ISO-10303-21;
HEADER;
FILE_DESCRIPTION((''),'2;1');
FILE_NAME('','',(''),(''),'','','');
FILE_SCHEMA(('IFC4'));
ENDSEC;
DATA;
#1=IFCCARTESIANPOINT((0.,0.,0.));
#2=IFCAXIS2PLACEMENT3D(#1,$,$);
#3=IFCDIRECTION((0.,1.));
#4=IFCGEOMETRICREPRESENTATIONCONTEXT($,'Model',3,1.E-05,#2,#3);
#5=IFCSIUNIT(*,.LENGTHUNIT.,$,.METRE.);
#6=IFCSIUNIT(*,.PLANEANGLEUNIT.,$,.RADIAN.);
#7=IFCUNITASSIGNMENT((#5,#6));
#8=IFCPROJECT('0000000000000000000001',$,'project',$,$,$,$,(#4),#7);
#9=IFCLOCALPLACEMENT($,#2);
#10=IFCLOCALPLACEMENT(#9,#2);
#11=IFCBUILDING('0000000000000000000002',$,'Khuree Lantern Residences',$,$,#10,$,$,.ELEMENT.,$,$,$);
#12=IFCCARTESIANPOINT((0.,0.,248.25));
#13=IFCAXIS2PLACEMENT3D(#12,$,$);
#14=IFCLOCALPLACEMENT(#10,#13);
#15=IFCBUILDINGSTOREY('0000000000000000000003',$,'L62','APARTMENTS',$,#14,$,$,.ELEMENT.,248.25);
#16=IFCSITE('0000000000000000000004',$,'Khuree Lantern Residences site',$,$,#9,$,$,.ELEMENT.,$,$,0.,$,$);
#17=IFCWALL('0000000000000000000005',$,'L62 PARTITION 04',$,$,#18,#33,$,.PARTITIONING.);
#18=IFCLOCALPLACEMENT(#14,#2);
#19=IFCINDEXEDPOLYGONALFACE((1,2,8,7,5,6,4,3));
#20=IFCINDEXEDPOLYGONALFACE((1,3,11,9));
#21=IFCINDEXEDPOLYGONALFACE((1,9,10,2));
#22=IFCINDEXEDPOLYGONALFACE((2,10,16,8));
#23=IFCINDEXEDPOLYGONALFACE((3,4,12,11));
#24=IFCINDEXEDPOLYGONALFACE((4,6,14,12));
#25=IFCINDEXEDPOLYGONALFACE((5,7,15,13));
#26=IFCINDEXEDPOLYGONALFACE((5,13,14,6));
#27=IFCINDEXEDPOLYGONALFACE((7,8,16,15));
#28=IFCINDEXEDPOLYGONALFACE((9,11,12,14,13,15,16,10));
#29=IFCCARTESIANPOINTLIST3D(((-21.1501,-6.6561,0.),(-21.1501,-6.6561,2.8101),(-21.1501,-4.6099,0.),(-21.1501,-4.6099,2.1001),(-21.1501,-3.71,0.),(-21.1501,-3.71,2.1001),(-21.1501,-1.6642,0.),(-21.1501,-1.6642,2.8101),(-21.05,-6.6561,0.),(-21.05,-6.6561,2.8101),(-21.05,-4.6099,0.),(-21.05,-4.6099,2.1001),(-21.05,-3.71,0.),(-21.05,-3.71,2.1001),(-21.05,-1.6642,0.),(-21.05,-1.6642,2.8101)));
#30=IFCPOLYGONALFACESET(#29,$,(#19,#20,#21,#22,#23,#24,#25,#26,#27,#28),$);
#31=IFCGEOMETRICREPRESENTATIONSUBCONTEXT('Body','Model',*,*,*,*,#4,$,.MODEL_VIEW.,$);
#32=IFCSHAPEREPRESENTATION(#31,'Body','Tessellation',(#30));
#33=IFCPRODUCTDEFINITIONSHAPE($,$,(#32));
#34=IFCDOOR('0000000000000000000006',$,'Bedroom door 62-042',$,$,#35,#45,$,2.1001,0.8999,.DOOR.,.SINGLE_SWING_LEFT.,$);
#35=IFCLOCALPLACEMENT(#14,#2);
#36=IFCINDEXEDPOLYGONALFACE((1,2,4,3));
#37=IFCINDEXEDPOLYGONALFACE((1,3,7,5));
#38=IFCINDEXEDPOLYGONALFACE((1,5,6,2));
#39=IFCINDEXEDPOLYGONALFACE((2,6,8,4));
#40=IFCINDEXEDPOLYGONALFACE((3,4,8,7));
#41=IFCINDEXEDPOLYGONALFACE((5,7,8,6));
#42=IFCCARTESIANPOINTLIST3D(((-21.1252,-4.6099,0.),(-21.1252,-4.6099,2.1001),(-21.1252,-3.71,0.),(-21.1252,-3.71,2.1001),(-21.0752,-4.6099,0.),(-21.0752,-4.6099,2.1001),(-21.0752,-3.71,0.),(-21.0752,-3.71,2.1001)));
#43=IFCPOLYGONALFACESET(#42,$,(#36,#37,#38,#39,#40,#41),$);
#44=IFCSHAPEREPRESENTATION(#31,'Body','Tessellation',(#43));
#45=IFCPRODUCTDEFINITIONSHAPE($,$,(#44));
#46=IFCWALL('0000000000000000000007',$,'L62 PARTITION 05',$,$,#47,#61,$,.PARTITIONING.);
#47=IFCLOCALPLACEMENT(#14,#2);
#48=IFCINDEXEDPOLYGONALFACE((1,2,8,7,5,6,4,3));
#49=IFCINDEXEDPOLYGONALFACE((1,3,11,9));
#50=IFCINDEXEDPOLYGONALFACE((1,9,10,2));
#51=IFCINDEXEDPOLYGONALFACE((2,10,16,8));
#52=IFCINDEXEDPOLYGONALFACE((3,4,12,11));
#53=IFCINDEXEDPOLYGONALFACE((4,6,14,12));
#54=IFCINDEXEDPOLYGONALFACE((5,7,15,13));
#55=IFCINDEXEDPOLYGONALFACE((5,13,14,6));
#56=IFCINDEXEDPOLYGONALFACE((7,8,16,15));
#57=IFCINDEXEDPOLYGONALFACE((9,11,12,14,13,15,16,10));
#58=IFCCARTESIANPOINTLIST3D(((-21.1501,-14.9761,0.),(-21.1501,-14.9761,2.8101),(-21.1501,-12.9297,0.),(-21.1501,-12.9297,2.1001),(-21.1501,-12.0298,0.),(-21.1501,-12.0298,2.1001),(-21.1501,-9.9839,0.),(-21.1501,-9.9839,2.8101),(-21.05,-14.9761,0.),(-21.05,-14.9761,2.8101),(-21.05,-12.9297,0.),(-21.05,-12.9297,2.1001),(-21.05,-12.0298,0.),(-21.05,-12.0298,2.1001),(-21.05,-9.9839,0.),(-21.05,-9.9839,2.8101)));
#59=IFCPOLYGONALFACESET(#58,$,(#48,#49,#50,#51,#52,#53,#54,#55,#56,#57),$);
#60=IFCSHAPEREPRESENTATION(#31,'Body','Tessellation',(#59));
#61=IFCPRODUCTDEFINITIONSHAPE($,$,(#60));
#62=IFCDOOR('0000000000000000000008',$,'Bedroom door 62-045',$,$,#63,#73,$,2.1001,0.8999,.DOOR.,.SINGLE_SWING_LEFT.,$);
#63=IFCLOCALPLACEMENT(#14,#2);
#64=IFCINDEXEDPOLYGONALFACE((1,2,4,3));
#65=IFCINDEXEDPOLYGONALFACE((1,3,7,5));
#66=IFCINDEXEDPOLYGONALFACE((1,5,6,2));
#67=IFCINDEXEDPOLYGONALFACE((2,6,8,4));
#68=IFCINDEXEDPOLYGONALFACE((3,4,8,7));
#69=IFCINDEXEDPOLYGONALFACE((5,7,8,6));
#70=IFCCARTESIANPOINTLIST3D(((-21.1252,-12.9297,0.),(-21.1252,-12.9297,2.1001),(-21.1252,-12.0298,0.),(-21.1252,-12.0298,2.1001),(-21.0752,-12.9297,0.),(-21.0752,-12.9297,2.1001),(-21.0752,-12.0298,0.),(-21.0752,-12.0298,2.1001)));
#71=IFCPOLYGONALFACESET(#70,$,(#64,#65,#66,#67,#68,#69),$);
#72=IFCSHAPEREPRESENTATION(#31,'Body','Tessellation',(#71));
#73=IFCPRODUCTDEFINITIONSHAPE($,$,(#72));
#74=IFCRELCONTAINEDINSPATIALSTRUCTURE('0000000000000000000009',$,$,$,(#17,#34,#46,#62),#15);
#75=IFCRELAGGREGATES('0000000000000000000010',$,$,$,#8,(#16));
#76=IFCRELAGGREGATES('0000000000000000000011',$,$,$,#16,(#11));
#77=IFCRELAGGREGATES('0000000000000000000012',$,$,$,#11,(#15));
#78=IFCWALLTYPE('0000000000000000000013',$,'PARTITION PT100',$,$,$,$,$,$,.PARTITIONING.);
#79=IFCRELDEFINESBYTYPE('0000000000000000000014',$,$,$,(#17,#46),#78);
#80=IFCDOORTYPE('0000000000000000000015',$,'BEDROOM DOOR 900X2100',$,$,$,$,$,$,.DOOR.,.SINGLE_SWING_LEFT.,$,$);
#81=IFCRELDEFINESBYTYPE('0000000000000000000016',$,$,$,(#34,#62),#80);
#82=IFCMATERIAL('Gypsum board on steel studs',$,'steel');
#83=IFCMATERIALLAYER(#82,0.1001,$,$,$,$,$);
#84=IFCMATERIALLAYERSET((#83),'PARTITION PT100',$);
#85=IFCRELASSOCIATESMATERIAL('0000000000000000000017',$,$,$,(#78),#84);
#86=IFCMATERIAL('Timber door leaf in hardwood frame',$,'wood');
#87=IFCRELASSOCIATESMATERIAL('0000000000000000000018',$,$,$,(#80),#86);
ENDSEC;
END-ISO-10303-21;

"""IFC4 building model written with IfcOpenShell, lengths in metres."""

from ifc_helpers import new_model, si_unit, direction, frame, frame_2d, origin, place, context, subcontext, project, spatial, rectangle, extrude, material, layer, layer_set, type_object, element, fill, save


model = new_model("IFC4")

# Units and contexts
model_context = context("Model", 3, precision=1e-05, world=origin(), true_north=direction((0.0, 1.0)))
body_context = subcontext(model_context, "Body", "Model", "MODEL_VIEW")
ifc_project = project(units=[si_unit("LENGTHUNIT", "METRE"), si_unit("PLANEANGLEUNIT", "RADIAN")], contexts=[model_context])

# Site, building, storey
site_placement = place(None, origin())
site = spatial("IfcSite", under=ifc_project, at=site_placement, Name="Khuree Lantern Residences site", CompositionType="ELEMENT", RefElevation=0.0)
building_placement = place(site_placement, origin())
building = spatial("IfcBuilding", under=site, at=building_placement, Name="Khuree Lantern Residences", CompositionType="ELEMENT")
storey_placement = place(building_placement, frame((0.0, 0.0, 248.25)))
storey = spatial("IfcBuildingStorey", under=building, at=storey_placement, Name="L62", Description="APARTMENTS", CompositionType="ELEMENT", Elevation=248.25)

# Shared definitions
ifc_material_1 = material(Name="Timber door leaf in hardwood frame", Category="wood")

# Shared definitions
ifc_material_2 = material(Name="Gypsum board on steel studs", Category="steel")
ifc_layer_1 = layer(ifc_material_2, 0.1001)
ifc_layer_set_1 = layer_set([ifc_layer_1], Name="PARTITION PT100")
wall_type_1 = type_object("IfcWallType", Name="PARTITION PT100", PredefinedType="PARTITIONING", material=ifc_layer_set_1)

# Walls, openings, doors
wall_1_placement = place(storey_placement, frame((-21.1001, -1.6641, 0.0), z_axis=(0.0, 0.0, 1.0), x_axis=(0.0, -1.0, 0.0)))
wall_1 = element("IfcWall", 1, at=wall_1_placement, inside=storey, type_object=wall_type_1, Name="L62 PARTITION 04", PredefinedType="PARTITIONING", context=body_context, shape_type="SweptSolid", body=[
    extrude(rectangle(XDim=4.9919, YDim=0.1001, at=frame_2d((2.4961, 0.0))), origin(), (0.0, 0.0, 1.0), 2.8101),
])
opening_1_placement = place(wall_1_placement, frame((2.0459, 0.0, 0.0)))
opening_1 = element("IfcOpeningElement", 2, at=opening_1_placement, cuts=wall_1, PredefinedType="OPENING", context=body_context, shape_type="SweptSolid", body=[
    extrude(rectangle(XDim=0.8999, YDim=2.1001, at=frame_2d((0.45, 1.05))), frame((0.0, 0.0601, 0.0), z_axis=(0.0, -1.0, 0.0), x_axis=(1.0, 0.0, 0.0)), (0.0, 0.0, 1.0), 0.1201),
])
door_type_1 = type_object("IfcDoorType", Name="BEDROOM DOOR 900X2100", OperationType="SINGLE_SWING_LEFT", PredefinedType="DOOR", material=ifc_material_1)
door_1_placement = place(opening_1_placement, origin())
door_1 = element("IfcDoor", 3, at=door_1_placement, inside=storey, type_object=door_type_1, Name="Bedroom door 62-042", OperationType="SINGLE_SWING_LEFT", OverallHeight=2.1001, OverallWidth=0.8999, PredefinedType="DOOR", context=body_context, shape_type="SweptSolid", body=[
    extrude(rectangle(XDim=0.8999, YDim=2.1001, at=frame_2d((0.45, 1.05))), frame((0.0, 0.0249, 0.0), z_axis=(0.0, -1.0, 0.0), x_axis=(1.0, 0.0, 0.0)), (0.0, 0.0, 1.0), 0.05),
])
fill(opening_1, door_1)
wall_2_placement = place(storey_placement, frame((-21.1001, -9.9839, 0.0), z_axis=(0.0, 0.0, 1.0), x_axis=(0.0, -1.0, 0.0)))
wall_2 = element("IfcWall", 4, at=wall_2_placement, inside=storey, type_object=wall_type_1, Name="L62 PARTITION 05", PredefinedType="PARTITIONING", context=body_context, shape_type="SweptSolid", body=[
    extrude(rectangle(XDim=4.9922, YDim=0.1001, at=frame_2d((2.4961, 0.0))), origin(), (0.0, 0.0, 1.0), 2.8101),
])
opening_2_placement = place(wall_2_placement, frame((2.0459, 0.0, 0.0)))
opening_2 = element("IfcOpeningElement", 5, at=opening_2_placement, cuts=wall_2, PredefinedType="OPENING", context=body_context, shape_type="SweptSolid", body=[
    extrude(rectangle(XDim=0.8999, YDim=2.1001, at=frame_2d((0.45, 1.05))), frame((0.0, 0.0601, 0.0), z_axis=(0.0, -1.0, 0.0), x_axis=(1.0, 0.0, 0.0)), (0.0, 0.0, 1.0), 0.1201),
])
door_2_placement = place(opening_2_placement, origin())
door_2 = element("IfcDoor", 6, at=door_2_placement, inside=storey, type_object=door_type_1, Name="Bedroom door 62-045", OperationType="SINGLE_SWING_LEFT", OverallHeight=2.1001, OverallWidth=0.8999, PredefinedType="DOOR", context=body_context, shape_type="SweptSolid", body=[
    extrude(rectangle(XDim=0.8999, YDim=2.1001, at=frame_2d((0.45, 1.05))), frame((0.0, 0.0249, 0.0), z_axis=(0.0, -1.0, 0.0), x_axis=(1.0, 0.0, 0.0)), (0.0, 0.0, 1.0), 0.05),
])
fill(opening_2, door_2)

save(model, "model.ifc")
